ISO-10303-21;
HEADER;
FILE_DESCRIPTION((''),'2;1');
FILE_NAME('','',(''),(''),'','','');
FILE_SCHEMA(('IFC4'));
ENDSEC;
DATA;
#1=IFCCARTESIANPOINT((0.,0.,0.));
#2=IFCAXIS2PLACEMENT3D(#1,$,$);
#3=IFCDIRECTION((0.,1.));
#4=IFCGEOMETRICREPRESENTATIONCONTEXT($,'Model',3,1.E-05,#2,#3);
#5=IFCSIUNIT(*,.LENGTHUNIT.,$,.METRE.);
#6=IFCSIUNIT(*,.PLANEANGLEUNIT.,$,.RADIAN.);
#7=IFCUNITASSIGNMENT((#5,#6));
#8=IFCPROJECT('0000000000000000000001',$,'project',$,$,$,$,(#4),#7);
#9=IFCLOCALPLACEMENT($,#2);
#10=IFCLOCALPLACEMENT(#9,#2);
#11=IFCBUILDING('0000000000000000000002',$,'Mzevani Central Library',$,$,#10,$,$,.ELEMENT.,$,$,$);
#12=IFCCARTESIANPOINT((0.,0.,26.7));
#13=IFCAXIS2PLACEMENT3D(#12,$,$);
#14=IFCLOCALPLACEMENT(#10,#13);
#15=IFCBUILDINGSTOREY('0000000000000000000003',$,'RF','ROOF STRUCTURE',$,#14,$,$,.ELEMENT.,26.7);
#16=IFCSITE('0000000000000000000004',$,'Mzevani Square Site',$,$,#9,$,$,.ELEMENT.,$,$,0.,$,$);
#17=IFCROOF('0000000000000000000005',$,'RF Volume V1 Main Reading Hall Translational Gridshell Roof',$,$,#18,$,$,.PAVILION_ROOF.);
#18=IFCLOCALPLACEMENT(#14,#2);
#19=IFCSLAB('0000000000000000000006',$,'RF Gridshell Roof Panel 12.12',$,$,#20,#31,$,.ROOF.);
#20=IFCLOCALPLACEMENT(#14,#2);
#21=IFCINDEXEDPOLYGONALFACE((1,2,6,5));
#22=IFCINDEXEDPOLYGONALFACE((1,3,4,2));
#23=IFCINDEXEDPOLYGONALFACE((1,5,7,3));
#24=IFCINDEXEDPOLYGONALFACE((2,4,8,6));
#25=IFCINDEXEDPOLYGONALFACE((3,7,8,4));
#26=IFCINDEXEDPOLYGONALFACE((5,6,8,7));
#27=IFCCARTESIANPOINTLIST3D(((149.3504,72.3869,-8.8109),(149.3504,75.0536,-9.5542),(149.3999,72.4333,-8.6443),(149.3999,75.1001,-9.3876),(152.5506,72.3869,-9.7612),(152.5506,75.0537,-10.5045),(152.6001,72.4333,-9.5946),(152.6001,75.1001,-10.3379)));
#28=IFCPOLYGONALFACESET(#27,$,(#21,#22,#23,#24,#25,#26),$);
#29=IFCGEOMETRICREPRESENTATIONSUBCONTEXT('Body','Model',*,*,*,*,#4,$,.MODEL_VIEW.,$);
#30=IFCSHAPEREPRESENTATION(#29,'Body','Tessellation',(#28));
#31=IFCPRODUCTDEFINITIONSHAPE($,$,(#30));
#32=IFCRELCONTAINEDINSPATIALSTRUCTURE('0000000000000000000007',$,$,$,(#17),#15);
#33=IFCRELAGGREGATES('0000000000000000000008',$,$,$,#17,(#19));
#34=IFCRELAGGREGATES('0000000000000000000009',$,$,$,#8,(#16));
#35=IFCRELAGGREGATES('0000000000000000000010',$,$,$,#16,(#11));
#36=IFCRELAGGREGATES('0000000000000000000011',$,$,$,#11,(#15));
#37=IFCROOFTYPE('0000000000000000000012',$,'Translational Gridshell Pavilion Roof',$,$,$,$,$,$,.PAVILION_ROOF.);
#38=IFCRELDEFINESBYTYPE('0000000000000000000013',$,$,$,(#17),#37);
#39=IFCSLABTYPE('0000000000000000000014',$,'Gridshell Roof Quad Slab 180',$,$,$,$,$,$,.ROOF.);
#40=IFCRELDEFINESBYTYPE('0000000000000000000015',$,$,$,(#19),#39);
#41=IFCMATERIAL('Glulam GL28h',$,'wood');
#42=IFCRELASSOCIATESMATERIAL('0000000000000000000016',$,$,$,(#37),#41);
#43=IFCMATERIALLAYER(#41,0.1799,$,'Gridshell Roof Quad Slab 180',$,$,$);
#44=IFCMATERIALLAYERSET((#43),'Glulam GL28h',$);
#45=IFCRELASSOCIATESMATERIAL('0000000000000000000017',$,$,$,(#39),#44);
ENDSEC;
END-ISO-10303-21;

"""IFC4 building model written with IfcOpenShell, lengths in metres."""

from ifc_helpers import new_model, si_unit, direction, frame, origin, place, context, subcontext, project, spatial, polyline, outline, extrude, material, layer, layer_set, type_object, element, aggregate, save


model = new_model("IFC4")

# Units and contexts
model_context = context("Model", 3, precision=1e-05, world=origin(), true_north=direction((0.0, 1.0)))
body_context = subcontext(model_context, "Body", "Model", "MODEL_VIEW")
ifc_project = project(units=[si_unit("LENGTHUNIT", "METRE"), si_unit("PLANEANGLEUNIT", "RADIAN")], contexts=[model_context])

# Site, building, storey
site_placement = place(None, origin())
site = spatial("IfcSite", under=ifc_project, at=site_placement, Name="Mzevani Square Site", CompositionType="ELEMENT", RefElevation=0.0)
building_placement = place(site_placement, origin())
building = spatial("IfcBuilding", under=site, at=building_placement, Name="Mzevani Central Library", CompositionType="ELEMENT")
storey_placement = place(building_placement, frame((0.0, 0.0, 26.7)))
storey = spatial("IfcBuildingStorey", under=building, at=storey_placement, Name="RF", Description="ROOF STRUCTURE", CompositionType="ELEMENT", Elevation=26.7)

# Shared definitions
ifc_material_1 = material(Name="Glulam GL28h", Category="wood")

# Roof, slab
roof_type = type_object("IfcRoofType", Name="Translational Gridshell Pavilion Roof", PredefinedType="PAVILION_ROOF", material=ifc_material_1)
roof_placement = place(storey_placement, origin())
roof = element("IfcRoof", 1, at=roof_placement, inside=storey, type_object=roof_type, Name="RF Volume V1 Main Reading Hall Translational Gridshell Roof", PredefinedType="PAVILION_ROOF")
ifc_layer_1 = layer(ifc_material_1, 0.1799, Name="Gridshell Roof Quad Slab 180")
ifc_layer_set_1 = layer_set([ifc_layer_1], Name="Glulam GL28h")
slab_type = type_object("IfcSlabType", Name="Gridshell Roof Quad Slab 180", PredefinedType="ROOF", material=ifc_layer_set_1)
slab_1_placement = place(storey_placement, frame((149.3999, 72.4333, -8.6443), z_axis=(0.275022, 0.258136, 0.926136), x_axis=(0.958626, -0.000009, -0.284667)))
slab_1 = element("IfcSlab", 2, at=slab_1_placement, type_object=slab_type, Name="RF Gridshell Roof Panel 12.12", PredefinedType="ROOF", context=body_context, shape_type="SweptSolid", body=[
    extrude(outline(polyline([(0.0, 0.0), (3.3383, 0.0), (3.5499, 2.7603), (0.2115, 2.7603), (0.0, 0.0)])), origin(), (0.0, 0.0, -1.0), 0.1799),
])
aggregate(roof, [slab_1])

save(model, "model.ifc")
